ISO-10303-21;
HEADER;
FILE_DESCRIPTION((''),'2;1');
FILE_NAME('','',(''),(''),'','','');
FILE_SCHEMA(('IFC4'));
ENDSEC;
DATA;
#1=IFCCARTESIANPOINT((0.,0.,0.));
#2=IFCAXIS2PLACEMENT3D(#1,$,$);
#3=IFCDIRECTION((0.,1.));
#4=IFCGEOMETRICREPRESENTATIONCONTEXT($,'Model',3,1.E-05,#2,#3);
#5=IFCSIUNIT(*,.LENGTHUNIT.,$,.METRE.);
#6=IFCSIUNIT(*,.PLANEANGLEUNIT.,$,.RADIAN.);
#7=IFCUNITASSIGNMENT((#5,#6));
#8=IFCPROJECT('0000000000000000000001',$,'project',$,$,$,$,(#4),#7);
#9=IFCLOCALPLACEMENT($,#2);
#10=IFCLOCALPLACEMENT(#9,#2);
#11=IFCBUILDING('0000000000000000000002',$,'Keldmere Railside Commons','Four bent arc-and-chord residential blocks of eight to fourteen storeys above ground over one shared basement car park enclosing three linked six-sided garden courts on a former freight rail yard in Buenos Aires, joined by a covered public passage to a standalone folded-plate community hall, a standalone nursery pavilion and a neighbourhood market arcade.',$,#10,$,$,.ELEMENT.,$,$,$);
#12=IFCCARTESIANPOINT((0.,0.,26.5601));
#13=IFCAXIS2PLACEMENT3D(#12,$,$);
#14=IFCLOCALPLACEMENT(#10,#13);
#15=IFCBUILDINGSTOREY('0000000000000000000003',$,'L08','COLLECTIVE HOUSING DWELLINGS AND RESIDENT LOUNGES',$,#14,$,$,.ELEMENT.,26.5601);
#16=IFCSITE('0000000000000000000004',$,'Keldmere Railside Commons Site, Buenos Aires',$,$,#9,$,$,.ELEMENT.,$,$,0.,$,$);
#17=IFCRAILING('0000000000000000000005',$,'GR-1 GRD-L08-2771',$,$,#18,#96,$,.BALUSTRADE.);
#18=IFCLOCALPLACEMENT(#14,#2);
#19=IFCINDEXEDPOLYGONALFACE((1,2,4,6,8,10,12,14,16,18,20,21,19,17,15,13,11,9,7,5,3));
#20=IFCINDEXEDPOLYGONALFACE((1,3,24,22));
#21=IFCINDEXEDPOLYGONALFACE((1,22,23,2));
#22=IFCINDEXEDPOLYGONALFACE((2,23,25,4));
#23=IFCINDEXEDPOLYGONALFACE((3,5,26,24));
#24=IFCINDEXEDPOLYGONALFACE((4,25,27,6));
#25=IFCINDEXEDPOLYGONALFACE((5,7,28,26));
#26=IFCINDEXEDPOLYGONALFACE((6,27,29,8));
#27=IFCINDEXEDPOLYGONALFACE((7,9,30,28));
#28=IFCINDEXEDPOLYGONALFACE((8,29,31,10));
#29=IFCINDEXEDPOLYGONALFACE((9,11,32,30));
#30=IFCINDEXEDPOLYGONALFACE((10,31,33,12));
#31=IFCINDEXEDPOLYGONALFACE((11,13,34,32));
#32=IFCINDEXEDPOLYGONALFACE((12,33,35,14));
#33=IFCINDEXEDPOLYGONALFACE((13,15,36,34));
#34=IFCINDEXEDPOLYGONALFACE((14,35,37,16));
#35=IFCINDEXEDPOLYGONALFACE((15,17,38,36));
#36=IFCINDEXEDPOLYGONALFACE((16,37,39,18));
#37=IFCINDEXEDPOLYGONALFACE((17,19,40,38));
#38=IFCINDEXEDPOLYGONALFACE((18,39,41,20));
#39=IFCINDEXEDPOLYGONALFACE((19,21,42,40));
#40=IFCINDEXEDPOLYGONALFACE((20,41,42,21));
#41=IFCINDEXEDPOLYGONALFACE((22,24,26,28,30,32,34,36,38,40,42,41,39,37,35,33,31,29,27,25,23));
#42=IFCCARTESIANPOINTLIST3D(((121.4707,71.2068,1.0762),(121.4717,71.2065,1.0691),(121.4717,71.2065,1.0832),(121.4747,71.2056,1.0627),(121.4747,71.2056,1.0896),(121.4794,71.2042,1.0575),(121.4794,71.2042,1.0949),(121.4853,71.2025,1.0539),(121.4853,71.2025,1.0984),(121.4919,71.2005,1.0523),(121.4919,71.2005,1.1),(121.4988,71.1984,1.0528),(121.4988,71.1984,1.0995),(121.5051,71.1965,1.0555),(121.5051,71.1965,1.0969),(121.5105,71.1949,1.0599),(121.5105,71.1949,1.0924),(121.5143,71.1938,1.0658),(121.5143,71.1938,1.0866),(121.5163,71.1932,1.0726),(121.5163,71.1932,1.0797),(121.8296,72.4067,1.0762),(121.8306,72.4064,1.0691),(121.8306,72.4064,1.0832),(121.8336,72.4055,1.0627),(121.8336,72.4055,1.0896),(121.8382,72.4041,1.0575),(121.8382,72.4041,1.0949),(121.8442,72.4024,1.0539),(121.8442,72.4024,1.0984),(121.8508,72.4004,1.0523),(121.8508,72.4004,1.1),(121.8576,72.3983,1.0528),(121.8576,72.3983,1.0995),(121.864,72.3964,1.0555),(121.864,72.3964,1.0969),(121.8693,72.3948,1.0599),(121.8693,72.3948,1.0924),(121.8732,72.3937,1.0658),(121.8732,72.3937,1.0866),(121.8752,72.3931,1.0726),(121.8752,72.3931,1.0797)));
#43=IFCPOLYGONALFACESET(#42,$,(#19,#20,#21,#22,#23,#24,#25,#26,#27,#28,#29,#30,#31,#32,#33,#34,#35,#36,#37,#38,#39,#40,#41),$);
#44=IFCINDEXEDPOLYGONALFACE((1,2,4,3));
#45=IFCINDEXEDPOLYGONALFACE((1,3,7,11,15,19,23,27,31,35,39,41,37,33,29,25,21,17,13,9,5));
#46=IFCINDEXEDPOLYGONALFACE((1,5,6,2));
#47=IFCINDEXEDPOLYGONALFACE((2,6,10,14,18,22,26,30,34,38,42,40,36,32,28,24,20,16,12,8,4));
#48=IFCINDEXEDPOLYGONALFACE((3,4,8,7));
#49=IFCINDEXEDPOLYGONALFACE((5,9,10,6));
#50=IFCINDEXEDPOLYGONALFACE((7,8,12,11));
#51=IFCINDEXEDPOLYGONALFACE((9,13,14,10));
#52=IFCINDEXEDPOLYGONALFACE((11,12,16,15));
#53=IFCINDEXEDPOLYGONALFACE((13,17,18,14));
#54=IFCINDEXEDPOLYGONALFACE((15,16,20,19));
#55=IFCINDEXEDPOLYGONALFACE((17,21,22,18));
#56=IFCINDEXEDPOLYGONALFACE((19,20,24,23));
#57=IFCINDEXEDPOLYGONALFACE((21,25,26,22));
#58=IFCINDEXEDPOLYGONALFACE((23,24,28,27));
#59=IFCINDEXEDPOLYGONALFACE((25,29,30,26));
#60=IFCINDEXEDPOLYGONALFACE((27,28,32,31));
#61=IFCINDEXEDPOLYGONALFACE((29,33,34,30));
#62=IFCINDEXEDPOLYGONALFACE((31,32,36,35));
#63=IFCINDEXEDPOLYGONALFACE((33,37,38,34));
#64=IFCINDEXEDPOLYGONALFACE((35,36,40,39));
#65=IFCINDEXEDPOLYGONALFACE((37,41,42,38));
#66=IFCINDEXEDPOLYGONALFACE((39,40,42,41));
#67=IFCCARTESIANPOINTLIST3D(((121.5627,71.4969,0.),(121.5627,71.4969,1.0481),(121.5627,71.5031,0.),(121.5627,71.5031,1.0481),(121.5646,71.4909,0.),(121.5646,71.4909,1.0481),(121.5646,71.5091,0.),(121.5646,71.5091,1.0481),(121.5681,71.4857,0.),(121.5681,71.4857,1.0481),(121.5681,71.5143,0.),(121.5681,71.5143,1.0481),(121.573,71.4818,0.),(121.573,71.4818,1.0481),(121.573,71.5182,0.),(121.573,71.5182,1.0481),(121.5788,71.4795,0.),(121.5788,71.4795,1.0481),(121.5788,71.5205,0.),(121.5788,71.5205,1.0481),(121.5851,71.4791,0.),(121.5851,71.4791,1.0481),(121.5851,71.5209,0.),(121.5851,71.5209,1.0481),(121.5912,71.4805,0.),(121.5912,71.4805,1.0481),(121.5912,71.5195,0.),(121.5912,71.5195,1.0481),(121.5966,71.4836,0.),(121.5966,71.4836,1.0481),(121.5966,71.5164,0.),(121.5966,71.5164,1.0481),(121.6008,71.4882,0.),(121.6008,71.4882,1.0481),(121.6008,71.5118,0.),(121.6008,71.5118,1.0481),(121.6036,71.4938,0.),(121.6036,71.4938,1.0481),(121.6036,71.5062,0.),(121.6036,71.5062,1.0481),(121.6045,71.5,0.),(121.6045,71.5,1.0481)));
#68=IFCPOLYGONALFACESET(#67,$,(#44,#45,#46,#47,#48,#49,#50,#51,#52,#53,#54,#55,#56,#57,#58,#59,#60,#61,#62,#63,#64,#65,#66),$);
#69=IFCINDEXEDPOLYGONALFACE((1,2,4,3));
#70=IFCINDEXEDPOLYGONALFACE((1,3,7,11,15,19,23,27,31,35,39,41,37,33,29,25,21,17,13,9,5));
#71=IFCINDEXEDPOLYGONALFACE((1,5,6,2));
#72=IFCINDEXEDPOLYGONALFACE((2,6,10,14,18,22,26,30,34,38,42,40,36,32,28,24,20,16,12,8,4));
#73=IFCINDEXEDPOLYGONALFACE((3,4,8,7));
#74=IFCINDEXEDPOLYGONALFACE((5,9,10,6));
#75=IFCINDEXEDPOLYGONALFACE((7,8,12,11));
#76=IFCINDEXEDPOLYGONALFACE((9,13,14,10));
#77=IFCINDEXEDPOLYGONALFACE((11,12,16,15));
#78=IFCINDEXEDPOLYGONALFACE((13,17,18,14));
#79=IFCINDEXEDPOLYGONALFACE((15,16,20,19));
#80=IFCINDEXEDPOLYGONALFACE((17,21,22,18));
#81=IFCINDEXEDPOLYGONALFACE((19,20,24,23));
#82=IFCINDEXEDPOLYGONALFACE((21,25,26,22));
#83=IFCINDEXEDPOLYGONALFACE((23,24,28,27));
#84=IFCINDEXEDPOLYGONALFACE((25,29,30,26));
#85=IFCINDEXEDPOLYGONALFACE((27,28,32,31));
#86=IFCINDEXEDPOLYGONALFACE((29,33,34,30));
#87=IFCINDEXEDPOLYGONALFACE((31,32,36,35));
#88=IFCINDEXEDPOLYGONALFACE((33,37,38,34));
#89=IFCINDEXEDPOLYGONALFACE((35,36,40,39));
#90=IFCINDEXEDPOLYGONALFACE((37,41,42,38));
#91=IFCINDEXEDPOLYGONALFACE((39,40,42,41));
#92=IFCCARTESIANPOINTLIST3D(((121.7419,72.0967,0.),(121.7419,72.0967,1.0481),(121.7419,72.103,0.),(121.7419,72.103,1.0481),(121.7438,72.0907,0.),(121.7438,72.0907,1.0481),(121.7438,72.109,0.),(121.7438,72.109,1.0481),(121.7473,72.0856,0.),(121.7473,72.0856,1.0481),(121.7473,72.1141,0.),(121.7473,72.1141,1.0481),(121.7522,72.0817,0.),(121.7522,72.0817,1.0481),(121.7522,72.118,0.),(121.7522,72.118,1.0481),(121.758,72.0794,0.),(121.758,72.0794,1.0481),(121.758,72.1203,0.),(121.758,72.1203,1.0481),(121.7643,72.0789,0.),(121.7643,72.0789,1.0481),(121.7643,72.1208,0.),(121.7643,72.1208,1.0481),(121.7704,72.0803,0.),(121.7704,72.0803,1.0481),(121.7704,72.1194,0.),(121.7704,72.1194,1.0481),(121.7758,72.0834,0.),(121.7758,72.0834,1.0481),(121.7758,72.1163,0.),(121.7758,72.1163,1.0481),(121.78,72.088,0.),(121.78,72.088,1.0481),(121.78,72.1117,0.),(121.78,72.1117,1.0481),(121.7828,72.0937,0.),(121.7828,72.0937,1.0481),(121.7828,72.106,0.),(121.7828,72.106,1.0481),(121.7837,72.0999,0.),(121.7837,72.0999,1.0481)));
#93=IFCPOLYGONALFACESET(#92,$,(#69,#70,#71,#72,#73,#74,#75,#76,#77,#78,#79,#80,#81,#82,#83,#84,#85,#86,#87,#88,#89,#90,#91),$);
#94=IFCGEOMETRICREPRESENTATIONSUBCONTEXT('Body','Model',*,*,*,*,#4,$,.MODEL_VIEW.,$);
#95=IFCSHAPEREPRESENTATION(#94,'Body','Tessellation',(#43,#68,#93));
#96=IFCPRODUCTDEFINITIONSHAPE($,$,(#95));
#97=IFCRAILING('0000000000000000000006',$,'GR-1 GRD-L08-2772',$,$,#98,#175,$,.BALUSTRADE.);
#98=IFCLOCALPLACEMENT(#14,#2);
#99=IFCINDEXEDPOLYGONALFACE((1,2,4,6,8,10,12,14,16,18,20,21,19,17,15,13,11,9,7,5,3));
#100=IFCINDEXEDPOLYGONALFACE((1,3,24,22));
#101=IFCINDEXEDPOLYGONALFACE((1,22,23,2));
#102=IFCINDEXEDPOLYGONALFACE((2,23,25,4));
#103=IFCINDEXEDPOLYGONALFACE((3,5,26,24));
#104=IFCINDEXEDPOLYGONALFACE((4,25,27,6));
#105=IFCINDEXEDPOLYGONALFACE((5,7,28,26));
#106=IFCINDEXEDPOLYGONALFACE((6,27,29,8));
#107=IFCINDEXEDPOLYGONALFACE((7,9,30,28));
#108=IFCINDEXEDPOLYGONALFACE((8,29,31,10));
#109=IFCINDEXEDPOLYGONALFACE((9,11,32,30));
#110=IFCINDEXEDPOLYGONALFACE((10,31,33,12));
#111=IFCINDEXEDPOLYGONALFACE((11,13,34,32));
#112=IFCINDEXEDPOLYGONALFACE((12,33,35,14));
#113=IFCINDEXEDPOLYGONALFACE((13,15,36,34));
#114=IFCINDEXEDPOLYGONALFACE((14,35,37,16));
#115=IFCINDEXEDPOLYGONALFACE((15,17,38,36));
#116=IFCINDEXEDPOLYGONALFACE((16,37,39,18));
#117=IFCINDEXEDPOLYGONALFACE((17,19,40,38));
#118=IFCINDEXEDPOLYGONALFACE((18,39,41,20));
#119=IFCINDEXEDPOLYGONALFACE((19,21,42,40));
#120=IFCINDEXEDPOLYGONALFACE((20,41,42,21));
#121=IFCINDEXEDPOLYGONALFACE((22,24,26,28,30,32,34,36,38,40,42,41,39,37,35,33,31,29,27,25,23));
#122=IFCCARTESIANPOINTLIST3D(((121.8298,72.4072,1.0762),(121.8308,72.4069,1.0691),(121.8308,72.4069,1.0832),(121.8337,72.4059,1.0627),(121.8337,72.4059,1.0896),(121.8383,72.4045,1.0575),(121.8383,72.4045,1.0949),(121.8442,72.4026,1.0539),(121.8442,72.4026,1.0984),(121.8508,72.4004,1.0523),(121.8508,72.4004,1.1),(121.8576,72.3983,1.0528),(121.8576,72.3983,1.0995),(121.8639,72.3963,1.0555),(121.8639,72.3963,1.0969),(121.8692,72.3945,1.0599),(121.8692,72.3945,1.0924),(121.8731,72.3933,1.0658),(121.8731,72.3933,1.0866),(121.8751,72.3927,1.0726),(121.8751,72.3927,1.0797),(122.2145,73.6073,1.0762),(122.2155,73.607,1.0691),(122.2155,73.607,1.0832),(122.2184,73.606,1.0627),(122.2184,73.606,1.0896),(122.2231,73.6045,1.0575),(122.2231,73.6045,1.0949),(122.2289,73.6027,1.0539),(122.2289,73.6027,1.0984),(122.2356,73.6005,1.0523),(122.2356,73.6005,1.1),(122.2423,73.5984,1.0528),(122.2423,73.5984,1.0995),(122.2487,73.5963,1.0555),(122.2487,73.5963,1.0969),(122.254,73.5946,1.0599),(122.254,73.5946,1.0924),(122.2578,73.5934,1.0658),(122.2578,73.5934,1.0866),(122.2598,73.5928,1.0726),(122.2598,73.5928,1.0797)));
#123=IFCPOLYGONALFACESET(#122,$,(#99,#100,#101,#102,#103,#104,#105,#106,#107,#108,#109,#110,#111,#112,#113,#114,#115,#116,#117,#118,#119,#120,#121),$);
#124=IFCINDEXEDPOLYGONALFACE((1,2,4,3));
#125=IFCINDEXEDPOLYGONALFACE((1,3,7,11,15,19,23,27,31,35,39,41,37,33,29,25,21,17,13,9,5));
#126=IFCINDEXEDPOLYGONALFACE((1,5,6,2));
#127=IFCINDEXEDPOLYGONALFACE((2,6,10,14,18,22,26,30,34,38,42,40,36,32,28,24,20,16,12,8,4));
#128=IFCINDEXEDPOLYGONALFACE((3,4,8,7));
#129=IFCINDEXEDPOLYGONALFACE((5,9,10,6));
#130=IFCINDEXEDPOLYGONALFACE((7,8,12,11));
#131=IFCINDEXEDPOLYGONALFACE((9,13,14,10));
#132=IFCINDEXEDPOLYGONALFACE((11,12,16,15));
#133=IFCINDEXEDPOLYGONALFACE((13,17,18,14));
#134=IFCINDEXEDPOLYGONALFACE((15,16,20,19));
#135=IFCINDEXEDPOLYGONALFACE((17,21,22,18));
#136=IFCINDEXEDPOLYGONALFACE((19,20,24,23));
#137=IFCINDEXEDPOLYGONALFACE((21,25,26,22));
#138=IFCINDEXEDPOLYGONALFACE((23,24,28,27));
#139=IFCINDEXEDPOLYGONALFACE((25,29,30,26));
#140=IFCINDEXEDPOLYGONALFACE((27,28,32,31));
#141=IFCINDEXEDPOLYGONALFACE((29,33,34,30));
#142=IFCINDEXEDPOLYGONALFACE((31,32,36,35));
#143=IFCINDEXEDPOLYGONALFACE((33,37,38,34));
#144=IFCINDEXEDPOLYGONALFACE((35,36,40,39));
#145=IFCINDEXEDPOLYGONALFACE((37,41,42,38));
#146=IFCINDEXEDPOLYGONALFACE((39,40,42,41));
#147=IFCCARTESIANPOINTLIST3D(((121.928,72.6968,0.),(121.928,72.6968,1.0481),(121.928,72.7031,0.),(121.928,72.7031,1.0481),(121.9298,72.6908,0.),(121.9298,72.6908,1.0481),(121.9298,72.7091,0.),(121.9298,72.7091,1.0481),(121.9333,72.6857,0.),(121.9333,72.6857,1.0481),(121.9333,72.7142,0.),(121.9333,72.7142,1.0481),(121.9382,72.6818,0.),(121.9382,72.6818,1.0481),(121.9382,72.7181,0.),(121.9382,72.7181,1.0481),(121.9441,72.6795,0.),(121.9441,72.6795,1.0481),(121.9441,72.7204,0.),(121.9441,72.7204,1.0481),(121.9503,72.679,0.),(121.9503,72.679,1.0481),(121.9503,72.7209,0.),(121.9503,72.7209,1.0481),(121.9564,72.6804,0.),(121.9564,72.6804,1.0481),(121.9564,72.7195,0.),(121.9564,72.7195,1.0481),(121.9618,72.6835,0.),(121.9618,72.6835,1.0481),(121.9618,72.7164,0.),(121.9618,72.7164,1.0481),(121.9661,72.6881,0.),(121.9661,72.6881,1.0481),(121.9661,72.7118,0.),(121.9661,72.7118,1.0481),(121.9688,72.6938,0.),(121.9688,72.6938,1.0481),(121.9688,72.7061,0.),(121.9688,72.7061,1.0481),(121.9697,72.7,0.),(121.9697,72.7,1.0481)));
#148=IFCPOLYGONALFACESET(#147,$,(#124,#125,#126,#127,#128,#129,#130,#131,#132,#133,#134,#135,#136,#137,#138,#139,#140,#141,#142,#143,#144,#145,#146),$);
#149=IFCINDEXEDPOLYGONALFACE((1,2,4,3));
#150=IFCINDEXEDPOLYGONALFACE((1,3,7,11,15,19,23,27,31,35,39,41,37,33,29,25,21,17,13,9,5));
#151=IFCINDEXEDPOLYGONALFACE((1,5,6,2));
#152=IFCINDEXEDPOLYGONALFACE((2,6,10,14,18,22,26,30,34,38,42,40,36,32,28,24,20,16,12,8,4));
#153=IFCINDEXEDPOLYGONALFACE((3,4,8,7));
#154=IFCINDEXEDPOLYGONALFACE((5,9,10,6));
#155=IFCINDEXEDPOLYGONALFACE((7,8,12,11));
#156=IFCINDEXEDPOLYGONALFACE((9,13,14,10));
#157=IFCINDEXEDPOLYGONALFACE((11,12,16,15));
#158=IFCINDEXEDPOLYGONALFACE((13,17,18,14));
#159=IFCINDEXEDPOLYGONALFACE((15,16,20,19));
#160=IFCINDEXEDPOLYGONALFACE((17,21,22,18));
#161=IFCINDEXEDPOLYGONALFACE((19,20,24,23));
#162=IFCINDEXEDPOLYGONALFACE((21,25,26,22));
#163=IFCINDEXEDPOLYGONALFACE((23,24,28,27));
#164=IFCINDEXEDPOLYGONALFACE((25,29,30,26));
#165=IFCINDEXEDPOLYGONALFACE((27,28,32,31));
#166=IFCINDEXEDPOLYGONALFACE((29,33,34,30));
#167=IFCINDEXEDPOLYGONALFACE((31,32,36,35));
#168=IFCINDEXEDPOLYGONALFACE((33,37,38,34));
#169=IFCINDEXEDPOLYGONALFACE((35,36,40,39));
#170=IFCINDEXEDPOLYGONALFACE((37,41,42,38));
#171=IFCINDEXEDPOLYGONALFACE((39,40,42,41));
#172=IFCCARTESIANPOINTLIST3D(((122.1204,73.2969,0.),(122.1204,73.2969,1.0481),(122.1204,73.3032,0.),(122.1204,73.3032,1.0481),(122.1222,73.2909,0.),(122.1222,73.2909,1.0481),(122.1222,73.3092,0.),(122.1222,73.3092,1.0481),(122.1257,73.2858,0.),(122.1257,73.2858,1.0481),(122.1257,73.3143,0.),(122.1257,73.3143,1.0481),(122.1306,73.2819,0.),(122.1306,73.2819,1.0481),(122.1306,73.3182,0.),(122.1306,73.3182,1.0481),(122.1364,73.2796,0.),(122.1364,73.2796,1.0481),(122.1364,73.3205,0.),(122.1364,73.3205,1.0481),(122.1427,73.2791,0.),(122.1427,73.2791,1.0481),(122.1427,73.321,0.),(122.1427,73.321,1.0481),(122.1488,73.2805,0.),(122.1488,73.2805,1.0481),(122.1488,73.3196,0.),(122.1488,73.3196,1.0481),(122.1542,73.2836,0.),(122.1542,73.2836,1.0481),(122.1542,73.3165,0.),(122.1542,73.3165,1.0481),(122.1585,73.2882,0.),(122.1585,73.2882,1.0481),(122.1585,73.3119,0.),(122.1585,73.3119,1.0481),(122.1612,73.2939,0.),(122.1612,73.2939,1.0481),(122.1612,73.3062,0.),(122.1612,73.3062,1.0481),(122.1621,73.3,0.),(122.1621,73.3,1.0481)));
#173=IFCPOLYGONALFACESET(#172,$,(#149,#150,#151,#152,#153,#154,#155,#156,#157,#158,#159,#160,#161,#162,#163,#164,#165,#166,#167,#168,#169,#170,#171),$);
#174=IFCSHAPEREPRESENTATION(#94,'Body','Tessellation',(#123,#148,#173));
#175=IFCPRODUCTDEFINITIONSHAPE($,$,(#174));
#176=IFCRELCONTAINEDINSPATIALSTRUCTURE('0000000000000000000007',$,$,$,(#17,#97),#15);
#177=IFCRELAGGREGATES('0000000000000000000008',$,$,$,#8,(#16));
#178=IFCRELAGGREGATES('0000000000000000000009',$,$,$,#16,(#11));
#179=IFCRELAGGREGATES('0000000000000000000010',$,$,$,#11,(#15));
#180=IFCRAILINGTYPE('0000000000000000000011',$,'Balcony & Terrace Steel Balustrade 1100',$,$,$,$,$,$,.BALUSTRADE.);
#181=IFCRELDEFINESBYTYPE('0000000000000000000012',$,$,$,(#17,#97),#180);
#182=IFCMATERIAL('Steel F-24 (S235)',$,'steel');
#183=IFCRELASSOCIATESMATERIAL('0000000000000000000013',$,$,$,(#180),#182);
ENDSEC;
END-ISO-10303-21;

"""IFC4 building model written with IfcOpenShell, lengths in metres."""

from ifc_helpers import new_model, si_unit, direction, frame, origin, origin_2d, place, context, subcontext, project, spatial, circle, extrude, material, type_object, element, save


model = new_model("IFC4")

# Units and contexts
model_context = context("Model", 3, precision=1e-05, world=origin(), true_north=direction((0.0, 1.0)))
body_context = subcontext(model_context, "Body", "Model", "MODEL_VIEW")
ifc_project = project(units=[si_unit("LENGTHUNIT", "METRE"), si_unit("PLANEANGLEUNIT", "RADIAN")], contexts=[model_context])

# Site, building, storey
site_placement = place(None, origin())
site = spatial("IfcSite", under=ifc_project, at=site_placement, Name="Keldmere Railside Commons Site, Buenos Aires", CompositionType="ELEMENT", RefElevation=0.0)
building_placement = place(site_placement, origin())
building = spatial("IfcBuilding", under=site, at=building_placement, Name="Keldmere Railside Commons", Description="Four bent arc-and-chord residential blocks of eight to fourteen storeys above ground over one shared basement car park enclosing three linked six-sided garden courts on a former freight rail yard in Buenos Aires, joined by a covered public passage to a standalone folded-plate community hall, a standalone nursery pavilion and a neighbourhood market arcade.", CompositionType="ELEMENT")
storey_placement = place(building_placement, frame((0.0, 0.0, 26.5601)))
storey = spatial("IfcBuildingStorey", under=building, at=storey_placement, Name="L08", Description="COLLECTIVE HOUSING DWELLINGS AND RESIDENT LOUNGES", CompositionType="ELEMENT", Elevation=26.5601)

# Railings
ifc_material_1 = material(Name="Steel F-24 (S235)", Category="steel")
railing_type = type_object("IfcRailingType", Name="Balcony & Terrace Steel Balustrade 1100", PredefinedType="BALUSTRADE", material=ifc_material_1)
railing_1_placement = place(storey_placement, frame((121.4937, 71.2, 0.0)))
element("IfcRailing", 1, at=railing_1_placement, inside=storey, type_object=railing_type, Name="GR-1 GRD-L08-2771", PredefinedType="BALUSTRADE", context=body_context, shape_type="SweptSolid", body=[
    extrude(circle(Radius=0.0239, at=origin_2d()), frame((0.0, 0.0, 1.0762), z_axis=(0.286543, 0.958067, 0.0), x_axis=(-0.958067, 0.286543, 0.0)), (0.0, 0.0, 1.0), 1.2524),
    extrude(circle(Radius=0.021, at=origin_2d()), frame((0.0898, 0.3, 0.0)), (0.0, 0.0, 1.0), 1.0481),
    extrude(circle(Radius=0.021, at=origin_2d()), frame((0.269, 0.8999, 0.0)), (0.0, 0.0, 1.0), 1.0481),
])
railing_2_placement = place(storey_placement, frame((121.8525, 72.3999, 0.0)))
element("IfcRailing", 2, at=railing_2_placement, inside=storey, type_object=railing_type, Name="GR-1 GRD-L08-2772", PredefinedType="BALUSTRADE", context=body_context, shape_type="SweptSolid", body=[
    extrude(circle(Radius=0.0239, at=origin_2d()), frame((0.0, 0.0, 1.0762), z_axis=(0.305282, 0.952262, 0.0), x_axis=(-0.952262, 0.305282, 0.0)), (0.0, 0.0, 1.0), 1.2603),
    extrude(circle(Radius=0.021, at=origin_2d()), frame((0.0962, 0.3, 0.0)), (0.0, 0.0, 1.0), 1.0481),
    extrude(circle(Radius=0.021, at=origin_2d()), frame((0.2886, 0.9001, 0.0)), (0.0, 0.0, 1.0), 1.0481),
])

save(model, "model.ifc")
